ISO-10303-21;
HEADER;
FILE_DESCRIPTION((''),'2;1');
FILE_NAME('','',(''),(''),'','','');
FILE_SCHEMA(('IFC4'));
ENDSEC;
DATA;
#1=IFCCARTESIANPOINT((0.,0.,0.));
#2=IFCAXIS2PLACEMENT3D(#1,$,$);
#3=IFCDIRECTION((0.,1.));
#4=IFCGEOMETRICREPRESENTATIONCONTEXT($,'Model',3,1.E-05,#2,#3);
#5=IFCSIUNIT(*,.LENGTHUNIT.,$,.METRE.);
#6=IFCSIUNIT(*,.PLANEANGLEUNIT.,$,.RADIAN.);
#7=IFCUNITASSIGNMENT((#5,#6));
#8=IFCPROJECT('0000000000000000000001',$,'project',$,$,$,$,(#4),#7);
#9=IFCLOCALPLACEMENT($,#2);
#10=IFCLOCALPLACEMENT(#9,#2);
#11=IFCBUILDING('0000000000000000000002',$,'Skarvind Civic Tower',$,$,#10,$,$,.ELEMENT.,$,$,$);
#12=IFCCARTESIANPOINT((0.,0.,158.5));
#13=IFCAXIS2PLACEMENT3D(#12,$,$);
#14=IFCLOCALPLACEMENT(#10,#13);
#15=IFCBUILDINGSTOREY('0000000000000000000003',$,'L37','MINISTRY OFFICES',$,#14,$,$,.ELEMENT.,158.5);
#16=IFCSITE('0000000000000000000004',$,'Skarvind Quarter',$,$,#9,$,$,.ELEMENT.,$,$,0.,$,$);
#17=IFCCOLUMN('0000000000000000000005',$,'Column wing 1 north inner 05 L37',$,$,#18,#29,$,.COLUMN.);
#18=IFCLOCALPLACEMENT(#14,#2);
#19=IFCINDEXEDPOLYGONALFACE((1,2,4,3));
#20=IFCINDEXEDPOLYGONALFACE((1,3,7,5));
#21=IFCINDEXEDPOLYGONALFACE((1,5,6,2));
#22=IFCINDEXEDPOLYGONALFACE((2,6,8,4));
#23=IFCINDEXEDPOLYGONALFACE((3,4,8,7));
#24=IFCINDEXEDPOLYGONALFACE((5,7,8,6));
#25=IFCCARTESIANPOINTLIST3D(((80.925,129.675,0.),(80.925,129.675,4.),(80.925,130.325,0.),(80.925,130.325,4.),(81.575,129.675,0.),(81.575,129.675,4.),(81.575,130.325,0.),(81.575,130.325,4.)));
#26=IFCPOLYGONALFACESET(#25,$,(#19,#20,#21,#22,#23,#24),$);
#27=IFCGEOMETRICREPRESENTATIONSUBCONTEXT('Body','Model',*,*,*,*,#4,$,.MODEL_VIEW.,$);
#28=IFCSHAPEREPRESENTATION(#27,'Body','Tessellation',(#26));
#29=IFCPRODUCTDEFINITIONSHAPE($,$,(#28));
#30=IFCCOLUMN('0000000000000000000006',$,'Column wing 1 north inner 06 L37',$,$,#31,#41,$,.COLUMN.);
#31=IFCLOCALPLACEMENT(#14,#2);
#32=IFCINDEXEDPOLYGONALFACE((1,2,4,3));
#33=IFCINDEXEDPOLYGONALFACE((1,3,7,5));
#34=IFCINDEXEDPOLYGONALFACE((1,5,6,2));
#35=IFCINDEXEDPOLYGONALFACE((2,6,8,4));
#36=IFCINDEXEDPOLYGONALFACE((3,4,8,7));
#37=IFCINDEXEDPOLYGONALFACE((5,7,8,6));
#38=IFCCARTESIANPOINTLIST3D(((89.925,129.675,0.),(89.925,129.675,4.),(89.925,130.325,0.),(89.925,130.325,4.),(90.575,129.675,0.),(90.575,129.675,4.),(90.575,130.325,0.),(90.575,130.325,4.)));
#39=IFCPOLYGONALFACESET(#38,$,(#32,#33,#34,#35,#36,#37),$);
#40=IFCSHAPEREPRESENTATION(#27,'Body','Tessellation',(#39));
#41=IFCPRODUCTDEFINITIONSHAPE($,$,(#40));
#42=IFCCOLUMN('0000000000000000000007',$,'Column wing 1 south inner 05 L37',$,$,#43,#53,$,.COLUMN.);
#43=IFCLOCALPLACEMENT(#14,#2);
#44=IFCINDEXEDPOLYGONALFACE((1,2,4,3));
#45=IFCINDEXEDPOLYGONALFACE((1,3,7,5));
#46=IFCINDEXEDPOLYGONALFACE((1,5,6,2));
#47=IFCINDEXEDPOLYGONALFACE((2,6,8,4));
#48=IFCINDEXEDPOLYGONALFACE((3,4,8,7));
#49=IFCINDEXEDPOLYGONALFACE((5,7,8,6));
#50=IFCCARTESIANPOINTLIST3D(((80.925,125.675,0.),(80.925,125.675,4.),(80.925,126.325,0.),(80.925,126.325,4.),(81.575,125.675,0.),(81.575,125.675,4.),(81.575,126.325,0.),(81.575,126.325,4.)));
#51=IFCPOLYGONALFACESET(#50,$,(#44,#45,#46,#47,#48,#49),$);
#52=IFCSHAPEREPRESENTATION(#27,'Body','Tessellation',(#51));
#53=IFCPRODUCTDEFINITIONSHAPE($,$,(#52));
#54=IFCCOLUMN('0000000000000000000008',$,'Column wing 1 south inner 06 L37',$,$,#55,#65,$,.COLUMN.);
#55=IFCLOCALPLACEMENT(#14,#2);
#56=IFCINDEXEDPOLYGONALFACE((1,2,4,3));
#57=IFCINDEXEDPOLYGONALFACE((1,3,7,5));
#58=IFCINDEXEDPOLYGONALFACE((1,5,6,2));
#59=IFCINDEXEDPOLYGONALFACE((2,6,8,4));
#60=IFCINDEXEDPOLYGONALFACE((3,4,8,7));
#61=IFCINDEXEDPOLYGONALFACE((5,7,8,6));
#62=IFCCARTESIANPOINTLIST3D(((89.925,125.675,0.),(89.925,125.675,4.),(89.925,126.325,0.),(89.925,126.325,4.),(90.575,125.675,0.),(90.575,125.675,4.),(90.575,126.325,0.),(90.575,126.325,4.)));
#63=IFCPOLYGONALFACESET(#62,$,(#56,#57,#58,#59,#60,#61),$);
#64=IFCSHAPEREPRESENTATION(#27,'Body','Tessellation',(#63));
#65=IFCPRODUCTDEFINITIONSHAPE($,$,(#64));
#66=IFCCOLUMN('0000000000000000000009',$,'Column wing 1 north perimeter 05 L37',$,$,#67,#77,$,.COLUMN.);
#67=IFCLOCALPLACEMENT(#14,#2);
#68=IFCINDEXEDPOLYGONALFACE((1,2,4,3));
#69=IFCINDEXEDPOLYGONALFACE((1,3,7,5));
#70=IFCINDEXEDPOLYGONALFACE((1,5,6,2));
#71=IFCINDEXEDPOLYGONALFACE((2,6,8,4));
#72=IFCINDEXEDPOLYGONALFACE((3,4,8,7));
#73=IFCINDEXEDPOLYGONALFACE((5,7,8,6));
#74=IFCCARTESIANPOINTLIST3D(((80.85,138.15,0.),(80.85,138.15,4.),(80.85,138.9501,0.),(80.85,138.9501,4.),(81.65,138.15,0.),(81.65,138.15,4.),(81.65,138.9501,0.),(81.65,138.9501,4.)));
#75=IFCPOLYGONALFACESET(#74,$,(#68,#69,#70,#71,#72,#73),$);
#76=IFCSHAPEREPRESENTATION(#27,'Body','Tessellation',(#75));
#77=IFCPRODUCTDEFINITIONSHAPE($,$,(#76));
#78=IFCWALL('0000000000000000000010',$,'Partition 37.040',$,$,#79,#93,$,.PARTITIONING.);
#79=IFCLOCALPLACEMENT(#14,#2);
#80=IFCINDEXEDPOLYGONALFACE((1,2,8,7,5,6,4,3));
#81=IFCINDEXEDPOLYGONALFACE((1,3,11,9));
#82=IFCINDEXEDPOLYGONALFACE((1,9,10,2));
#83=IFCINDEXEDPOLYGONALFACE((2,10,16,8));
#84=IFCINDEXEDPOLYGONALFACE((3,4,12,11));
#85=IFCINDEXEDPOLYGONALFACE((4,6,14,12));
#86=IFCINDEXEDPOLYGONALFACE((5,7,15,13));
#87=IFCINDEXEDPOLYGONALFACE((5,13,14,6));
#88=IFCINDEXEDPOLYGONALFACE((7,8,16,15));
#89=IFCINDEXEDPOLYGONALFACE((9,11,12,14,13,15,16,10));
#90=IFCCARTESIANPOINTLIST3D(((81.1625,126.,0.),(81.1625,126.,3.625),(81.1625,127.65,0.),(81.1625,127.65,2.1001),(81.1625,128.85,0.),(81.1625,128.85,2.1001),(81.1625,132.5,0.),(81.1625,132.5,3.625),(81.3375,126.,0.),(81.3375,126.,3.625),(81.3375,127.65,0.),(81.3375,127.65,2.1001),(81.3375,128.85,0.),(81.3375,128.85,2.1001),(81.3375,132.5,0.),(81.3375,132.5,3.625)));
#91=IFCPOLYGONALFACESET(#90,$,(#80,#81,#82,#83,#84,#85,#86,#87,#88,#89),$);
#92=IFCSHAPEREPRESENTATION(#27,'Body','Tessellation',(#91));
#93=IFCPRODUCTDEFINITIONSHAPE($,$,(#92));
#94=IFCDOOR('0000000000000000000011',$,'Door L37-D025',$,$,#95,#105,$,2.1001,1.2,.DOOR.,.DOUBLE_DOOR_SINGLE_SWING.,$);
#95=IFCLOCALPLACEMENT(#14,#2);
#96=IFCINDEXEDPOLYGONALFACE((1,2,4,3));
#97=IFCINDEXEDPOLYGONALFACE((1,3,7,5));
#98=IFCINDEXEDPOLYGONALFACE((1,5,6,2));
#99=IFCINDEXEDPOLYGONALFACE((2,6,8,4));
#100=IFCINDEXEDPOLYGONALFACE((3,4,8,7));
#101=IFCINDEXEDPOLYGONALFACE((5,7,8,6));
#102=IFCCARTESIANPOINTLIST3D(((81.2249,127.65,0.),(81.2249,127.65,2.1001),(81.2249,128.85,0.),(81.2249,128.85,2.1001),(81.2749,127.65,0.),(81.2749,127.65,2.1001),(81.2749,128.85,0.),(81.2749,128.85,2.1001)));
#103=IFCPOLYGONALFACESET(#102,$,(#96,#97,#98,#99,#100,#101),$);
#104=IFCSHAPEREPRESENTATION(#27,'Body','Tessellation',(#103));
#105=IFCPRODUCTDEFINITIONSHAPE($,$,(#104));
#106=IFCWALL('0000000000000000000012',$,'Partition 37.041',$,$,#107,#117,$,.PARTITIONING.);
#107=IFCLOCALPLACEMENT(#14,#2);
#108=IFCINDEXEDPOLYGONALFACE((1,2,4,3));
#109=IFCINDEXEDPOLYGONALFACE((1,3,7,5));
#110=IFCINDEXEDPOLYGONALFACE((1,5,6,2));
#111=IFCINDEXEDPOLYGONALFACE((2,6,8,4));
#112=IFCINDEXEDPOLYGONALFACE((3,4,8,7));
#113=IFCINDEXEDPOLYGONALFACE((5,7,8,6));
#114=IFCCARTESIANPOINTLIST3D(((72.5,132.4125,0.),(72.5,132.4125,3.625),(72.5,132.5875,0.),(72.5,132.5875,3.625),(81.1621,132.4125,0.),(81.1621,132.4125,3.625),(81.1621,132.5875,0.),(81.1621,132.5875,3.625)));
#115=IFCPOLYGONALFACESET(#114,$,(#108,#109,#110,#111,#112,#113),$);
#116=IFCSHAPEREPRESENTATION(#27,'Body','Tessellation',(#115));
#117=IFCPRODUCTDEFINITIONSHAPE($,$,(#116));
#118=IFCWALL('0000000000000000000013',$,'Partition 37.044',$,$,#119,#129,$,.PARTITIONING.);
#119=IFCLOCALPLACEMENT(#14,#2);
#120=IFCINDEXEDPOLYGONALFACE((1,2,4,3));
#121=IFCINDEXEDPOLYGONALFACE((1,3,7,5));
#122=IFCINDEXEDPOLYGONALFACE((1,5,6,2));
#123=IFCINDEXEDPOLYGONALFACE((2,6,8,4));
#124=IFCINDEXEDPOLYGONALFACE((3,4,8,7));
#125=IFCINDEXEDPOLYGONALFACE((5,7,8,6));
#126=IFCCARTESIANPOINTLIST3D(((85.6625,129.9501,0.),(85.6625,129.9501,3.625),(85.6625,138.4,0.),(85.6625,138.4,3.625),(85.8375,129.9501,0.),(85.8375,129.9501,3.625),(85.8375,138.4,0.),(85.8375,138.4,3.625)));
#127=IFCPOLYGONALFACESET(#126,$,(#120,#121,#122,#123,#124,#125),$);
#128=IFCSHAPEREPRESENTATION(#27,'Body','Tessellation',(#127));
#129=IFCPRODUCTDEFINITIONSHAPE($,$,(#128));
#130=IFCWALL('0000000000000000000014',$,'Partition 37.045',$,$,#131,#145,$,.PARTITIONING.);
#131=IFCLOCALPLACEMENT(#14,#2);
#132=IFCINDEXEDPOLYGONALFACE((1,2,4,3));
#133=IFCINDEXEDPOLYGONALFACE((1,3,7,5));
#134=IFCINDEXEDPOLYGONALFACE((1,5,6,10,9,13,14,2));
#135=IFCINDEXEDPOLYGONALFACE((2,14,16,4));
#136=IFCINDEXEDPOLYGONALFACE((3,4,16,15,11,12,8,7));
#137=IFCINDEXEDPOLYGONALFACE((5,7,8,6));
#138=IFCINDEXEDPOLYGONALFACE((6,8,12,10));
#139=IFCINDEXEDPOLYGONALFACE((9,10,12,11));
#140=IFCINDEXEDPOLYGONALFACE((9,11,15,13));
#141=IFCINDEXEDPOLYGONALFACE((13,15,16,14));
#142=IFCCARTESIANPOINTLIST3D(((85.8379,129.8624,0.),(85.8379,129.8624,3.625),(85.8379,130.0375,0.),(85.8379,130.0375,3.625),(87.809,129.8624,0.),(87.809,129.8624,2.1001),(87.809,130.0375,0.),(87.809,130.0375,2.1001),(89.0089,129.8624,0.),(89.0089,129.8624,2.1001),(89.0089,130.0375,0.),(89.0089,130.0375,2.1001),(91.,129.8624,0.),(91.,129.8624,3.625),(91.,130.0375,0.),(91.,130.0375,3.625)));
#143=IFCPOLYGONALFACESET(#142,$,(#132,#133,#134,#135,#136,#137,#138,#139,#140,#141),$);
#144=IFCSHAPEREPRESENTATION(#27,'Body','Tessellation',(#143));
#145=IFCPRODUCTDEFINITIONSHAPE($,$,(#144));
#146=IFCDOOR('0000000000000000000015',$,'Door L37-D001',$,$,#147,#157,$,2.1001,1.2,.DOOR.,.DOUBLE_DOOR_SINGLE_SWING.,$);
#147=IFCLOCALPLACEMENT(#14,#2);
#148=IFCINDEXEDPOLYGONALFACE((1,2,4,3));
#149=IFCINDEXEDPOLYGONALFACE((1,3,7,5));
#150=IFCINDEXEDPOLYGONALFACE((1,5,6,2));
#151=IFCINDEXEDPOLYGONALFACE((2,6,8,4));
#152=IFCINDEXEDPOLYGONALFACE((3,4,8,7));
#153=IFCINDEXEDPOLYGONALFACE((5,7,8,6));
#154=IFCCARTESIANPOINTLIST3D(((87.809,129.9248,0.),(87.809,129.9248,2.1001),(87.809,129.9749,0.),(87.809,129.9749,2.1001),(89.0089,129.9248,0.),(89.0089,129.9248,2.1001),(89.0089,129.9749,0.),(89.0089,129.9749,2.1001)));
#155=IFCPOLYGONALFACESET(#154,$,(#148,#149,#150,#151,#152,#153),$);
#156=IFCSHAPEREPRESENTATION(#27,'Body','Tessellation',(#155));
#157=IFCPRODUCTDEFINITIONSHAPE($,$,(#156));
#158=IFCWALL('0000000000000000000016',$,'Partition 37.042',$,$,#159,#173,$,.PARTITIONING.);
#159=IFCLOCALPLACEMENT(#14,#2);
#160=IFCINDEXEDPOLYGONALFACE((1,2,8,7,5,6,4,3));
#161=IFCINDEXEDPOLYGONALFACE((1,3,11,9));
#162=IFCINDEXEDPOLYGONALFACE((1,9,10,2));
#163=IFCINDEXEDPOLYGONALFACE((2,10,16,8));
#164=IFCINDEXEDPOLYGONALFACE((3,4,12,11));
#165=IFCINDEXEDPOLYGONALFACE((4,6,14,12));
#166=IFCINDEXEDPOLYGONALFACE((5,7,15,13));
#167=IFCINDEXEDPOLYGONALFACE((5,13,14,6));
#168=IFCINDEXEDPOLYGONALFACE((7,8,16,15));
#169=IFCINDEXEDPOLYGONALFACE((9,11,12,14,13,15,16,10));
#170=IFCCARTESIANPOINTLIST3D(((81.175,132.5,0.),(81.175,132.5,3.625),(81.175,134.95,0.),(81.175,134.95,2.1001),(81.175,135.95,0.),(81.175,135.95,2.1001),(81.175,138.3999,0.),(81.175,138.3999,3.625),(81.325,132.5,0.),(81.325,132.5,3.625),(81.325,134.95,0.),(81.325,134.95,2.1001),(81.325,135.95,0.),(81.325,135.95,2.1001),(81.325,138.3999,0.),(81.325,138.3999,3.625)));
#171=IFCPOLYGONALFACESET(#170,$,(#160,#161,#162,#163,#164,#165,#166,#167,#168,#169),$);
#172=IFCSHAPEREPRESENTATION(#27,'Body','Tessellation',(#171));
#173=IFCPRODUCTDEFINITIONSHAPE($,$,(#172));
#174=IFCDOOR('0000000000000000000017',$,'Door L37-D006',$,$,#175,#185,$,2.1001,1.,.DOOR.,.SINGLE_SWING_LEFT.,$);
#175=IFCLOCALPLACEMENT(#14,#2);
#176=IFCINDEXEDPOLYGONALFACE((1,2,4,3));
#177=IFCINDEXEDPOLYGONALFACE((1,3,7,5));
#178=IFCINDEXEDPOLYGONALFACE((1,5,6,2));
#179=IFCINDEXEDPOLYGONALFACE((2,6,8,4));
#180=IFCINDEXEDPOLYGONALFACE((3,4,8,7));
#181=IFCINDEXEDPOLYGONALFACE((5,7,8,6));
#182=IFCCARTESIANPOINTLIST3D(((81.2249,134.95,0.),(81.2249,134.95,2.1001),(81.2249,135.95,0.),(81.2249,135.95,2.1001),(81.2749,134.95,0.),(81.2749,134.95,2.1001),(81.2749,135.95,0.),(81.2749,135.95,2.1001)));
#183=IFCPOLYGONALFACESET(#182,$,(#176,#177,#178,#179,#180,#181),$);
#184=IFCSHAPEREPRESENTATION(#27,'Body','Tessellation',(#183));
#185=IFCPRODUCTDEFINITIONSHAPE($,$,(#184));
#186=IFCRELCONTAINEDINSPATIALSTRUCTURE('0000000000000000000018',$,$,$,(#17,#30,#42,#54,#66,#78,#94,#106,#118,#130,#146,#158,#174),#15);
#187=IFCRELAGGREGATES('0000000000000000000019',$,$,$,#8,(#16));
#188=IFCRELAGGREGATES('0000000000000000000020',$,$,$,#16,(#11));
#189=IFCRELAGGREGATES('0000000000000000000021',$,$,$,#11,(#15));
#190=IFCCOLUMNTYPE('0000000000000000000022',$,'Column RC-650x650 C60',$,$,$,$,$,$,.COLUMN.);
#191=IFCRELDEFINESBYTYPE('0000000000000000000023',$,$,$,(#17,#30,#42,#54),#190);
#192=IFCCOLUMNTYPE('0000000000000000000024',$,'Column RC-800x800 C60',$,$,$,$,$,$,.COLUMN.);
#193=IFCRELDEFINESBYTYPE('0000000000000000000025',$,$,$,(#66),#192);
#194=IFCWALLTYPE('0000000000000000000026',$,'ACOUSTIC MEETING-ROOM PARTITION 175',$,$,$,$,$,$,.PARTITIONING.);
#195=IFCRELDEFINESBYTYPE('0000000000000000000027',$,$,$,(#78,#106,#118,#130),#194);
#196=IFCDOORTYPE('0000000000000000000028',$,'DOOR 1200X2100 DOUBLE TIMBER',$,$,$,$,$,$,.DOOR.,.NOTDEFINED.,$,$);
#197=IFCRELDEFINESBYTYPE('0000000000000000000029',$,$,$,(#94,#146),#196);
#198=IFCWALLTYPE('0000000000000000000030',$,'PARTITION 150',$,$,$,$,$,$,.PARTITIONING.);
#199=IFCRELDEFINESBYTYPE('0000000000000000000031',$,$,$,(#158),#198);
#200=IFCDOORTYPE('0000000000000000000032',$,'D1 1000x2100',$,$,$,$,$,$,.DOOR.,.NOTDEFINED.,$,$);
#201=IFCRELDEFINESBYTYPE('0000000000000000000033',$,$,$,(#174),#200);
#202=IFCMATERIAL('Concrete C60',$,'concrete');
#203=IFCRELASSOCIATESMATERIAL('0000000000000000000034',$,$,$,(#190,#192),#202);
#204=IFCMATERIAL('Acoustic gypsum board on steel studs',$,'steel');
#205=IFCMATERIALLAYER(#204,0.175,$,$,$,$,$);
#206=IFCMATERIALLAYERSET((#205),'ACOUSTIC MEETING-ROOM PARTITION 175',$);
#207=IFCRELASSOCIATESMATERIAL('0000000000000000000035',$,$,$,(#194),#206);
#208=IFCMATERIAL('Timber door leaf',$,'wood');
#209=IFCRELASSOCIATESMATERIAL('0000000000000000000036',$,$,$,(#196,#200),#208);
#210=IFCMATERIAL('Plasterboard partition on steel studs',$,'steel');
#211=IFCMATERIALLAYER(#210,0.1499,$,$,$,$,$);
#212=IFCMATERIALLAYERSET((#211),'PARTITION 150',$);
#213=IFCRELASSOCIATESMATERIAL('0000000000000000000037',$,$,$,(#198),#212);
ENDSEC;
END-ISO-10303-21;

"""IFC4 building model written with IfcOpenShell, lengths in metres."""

from ifc_helpers import new_model, si_unit, direction, frame, frame_2d, origin, origin_2d, place, context, subcontext, project, spatial, rectangle, extrude, material, layer, layer_set, material_profile, profile_set, type_object, element, fill, save


model = new_model("IFC4")

# Units and contexts
model_context = context("Model", 3, precision=1e-05, world=origin(), true_north=direction((0.0, 1.0)))
body_context = subcontext(model_context, "Body", "Model", "MODEL_VIEW")
ifc_project = project(units=[si_unit("LENGTHUNIT", "METRE"), si_unit("PLANEANGLEUNIT", "RADIAN")], contexts=[model_context])

# Site, building, storey
site_placement = place(None, origin())
site = spatial("IfcSite", under=ifc_project, at=site_placement, Name="Skarvind Quarter", CompositionType="ELEMENT", RefElevation=0.0)
building_placement = place(site_placement, origin())
building = spatial("IfcBuilding", under=site, at=building_placement, Name="Skarvind Civic Tower", CompositionType="ELEMENT")
storey_placement = place(building_placement, frame((0.0, 0.0, 158.5)))
storey = spatial("IfcBuildingStorey", under=building, at=storey_placement, Name="L37", Description="MINISTRY OFFICES", CompositionType="ELEMENT", Elevation=158.5)

# Columns
ifc_material_1 = material(Name="Concrete C60", Category="concrete")
ifc_material_profile_1 = material_profile(ifc_material_1, rectangle(XDim=0.6499, YDim=0.6499, at=origin_2d()), Name="RC-650x650")
ifc_profile_set_1 = profile_set([ifc_material_profile_1], Name="Concrete C60")
column_type_1 = type_object("IfcColumnType", Name="Column RC-650x650 C60", PredefinedType="COLUMN", material=ifc_profile_set_1)
for number, where, z_axis, x_axis, name in (
    (1, (81.25, 130.0, 0.0), (0.0, 0.0, 1.0), (1.0, 0.0, 0.0), "Column wing 1 north inner 05 L37"),
    (2, (90.25, 130.0, 0.0), (0.0, 0.0, 1.0), (1.0, 0.0, 0.0), "Column wing 1 north inner 06 L37"),
    (3, (81.25, 126.0, 0.0), (0.0, 0.0, 1.0), (1.0, 0.0, 0.0), "Column wing 1 south inner 05 L37"),
    (4, (90.25, 126.0, 0.0), (0.0, 0.0, 1.0), (1.0, 0.0, 0.0), "Column wing 1 south inner 06 L37"),
):
    element("IfcColumn", number, at=place(storey_placement, frame(where, z_axis=z_axis, x_axis=x_axis)), inside=storey, type_object=column_type_1, Name=name, PredefinedType="COLUMN", context=body_context, shape_type="SweptSolid", body=[
        extrude(rectangle(XDim=0.6499, YDim=0.6499, at=origin_2d()), origin(), (0.0, 0.0, 1.0), 4.0),
    ])
ifc_material_profile_2 = material_profile(ifc_material_1, rectangle(XDim=0.8, YDim=0.8, at=origin_2d()), Name="RC-800x800")
ifc_profile_set_2 = profile_set([ifc_material_profile_2], Name="Concrete C60")
column_type_2 = type_object("IfcColumnType", Name="Column RC-800x800 C60", PredefinedType="COLUMN", material=ifc_profile_set_2)
column_placement = place(storey_placement, frame((81.25, 138.55, 0.0), z_axis=(0.0, 0.0, 1.0), x_axis=(1.0, 0.0, 0.0)))
element("IfcColumn", 5, at=column_placement, inside=storey, type_object=column_type_2, Name="Column wing 1 north perimeter 05 L37", PredefinedType="COLUMN", context=body_context, shape_type="SweptSolid", body=[
    extrude(rectangle(XDim=0.8, YDim=0.8, at=origin_2d()), origin(), (0.0, 0.0, 1.0), 4.0),
])

# Wall, opening, door
ifc_material_2 = material(Name="Acoustic gypsum board on steel studs", Category="steel")
ifc_layer_1 = layer(ifc_material_2, 0.175)
ifc_layer_set_1 = layer_set([ifc_layer_1], Name="ACOUSTIC MEETING-ROOM PARTITION 175")
wall_type_1 = type_object("IfcWallType", Name="ACOUSTIC MEETING-ROOM PARTITION 175", PredefinedType="PARTITIONING", material=ifc_layer_set_1)
wall_1_placement = place(storey_placement, frame((81.25, 132.5, 0.0), z_axis=(0.0, 0.0, 1.0), x_axis=(0.0, -1.0, 0.0)))
wall_1 = element("IfcWall", 6, at=wall_1_placement, inside=storey, type_object=wall_type_1, Name="Partition 37.040", PredefinedType="PARTITIONING", context=body_context, shape_type="SweptSolid", body=[
    extrude(rectangle(XDim=6.5, YDim=0.175, at=frame_2d((3.25, 0.0))), origin(), (0.0, 0.0, 1.0), 3.625),
])
opening_1_placement = place(wall_1_placement, frame((3.6499, 0.0, 0.0)))
opening_1 = element("IfcOpeningElement", 7, at=opening_1_placement, cuts=wall_1, PredefinedType="OPENING", context=body_context, shape_type="SweptSolid", body=[
    extrude(rectangle(XDim=1.2, YDim=2.1001, at=frame_2d((0.6001, 1.05))), frame((0.0, 0.0974, 0.0), z_axis=(0.0, -1.0, 0.0), x_axis=(1.0, 0.0, 0.0)), (0.0, 0.0, 1.0), 0.1951),
])
ifc_material_3 = material(Name="Timber door leaf", Category="wood")
door_type_1 = type_object("IfcDoorType", Name="DOOR 1200X2100 DOUBLE TIMBER", OperationType="NOTDEFINED", PredefinedType="DOOR", material=ifc_material_3)
door_1_placement = place(opening_1_placement, origin())
door_1 = element("IfcDoor", 8, at=door_1_placement, inside=storey, type_object=door_type_1, Name="Door L37-D025", OperationType="DOUBLE_DOOR_SINGLE_SWING", OverallHeight=2.1001, OverallWidth=1.2, PredefinedType="DOOR", context=body_context, shape_type="SweptSolid", body=[
    extrude(rectangle(XDim=1.2, YDim=2.1001, at=frame_2d((0.6001, 1.05))), frame((0.0, 0.0249, 0.0), z_axis=(0.0, -1.0, 0.0), x_axis=(1.0, 0.0, 0.0)), (0.0, 0.0, 1.0), 0.05),
])
fill(opening_1, door_1)

# Walls
wall_2_placement = place(storey_placement, frame((81.1621, 132.5, 0.0), z_axis=(0.0, 0.0, 1.0), x_axis=(-1.0, 0.0, 0.0)))
element("IfcWall", 9, at=wall_2_placement, inside=storey, type_object=wall_type_1, Name="Partition 37.041", PredefinedType="PARTITIONING", context=body_context, shape_type="SweptSolid", body=[
    extrude(rectangle(XDim=8.6621, YDim=0.175, at=frame_2d((4.3311, 0.0))), origin(), (0.0, 0.0, 1.0), 3.625),
])
wall_3_placement = place(storey_placement, frame((85.75, 129.95, 0.0), z_axis=(0.0, 0.0, 1.0), x_axis=(0.0, 1.0, 0.0)))
element("IfcWall", 10, at=wall_3_placement, inside=storey, type_object=wall_type_1, Name="Partition 37.044", PredefinedType="PARTITIONING", context=body_context, shape_type="SweptSolid", body=[
    extrude(rectangle(XDim=8.45, YDim=0.175, at=frame_2d((4.2251, 0.0))), origin(), (0.0, 0.0, 1.0), 3.625),
])

# Walls, openings, doors
wall_4_placement = place(storey_placement, frame((85.8379, 129.95, 0.0), z_axis=(0.0, 0.0, 1.0), x_axis=(1.0, 0.0, 0.0)))
wall_4 = element("IfcWall", 11, at=wall_4_placement, inside=storey, type_object=wall_type_1, Name="Partition 37.045", PredefinedType="PARTITIONING", context=body_context, shape_type="SweptSolid", body=[
    extrude(rectangle(XDim=5.1621, YDim=0.175, at=frame_2d((2.5811, 0.0))), origin(), (0.0, 0.0, 1.0), 3.625),
])
opening_2_placement = place(wall_4_placement, frame((1.9709, 0.0, 0.0)))
opening_2 = element("IfcOpeningElement", 12, at=opening_2_placement, cuts=wall_4, PredefinedType="OPENING", context=body_context, shape_type="SweptSolid", body=[
    extrude(rectangle(XDim=1.2, YDim=2.1001, at=frame_2d((0.6001, 1.05))), frame((0.0, 0.0974, 0.0), z_axis=(0.0, -1.0, 0.0), x_axis=(1.0, 0.0, 0.0)), (0.0, 0.0, 1.0), 0.1951),
])
door_2_placement = place(opening_2_placement, origin())
door_2 = element("IfcDoor", 13, at=door_2_placement, inside=storey, type_object=door_type_1, Name="Door L37-D001", OperationType="DOUBLE_DOOR_SINGLE_SWING", OverallHeight=2.1001, OverallWidth=1.2, PredefinedType="DOOR", context=body_context, shape_type="SweptSolid", body=[
    extrude(rectangle(XDim=1.2, YDim=2.1001, at=frame_2d((0.6001, 1.05))), frame((0.0, 0.0249, 0.0), z_axis=(0.0, -1.0, 0.0), x_axis=(1.0, 0.0, 0.0)), (0.0, 0.0, 1.0), 0.05),
])
fill(opening_2, door_2)
ifc_material_4 = material(Name="Plasterboard partition on steel studs", Category="steel")
ifc_layer_2 = layer(ifc_material_4, 0.1499)
ifc_layer_set_2 = layer_set([ifc_layer_2], Name="PARTITION 150")
wall_type_2 = type_object("IfcWallType", Name="PARTITION 150", PredefinedType="PARTITIONING", material=ifc_layer_set_2)
wall_5_placement = place(storey_placement, frame((81.25, 138.3999, 0.0), z_axis=(0.0, 0.0, 1.0), x_axis=(0.0, -1.0, 0.0)))
wall_5 = element("IfcWall", 14, at=wall_5_placement, inside=storey, type_object=wall_type_2, Name="Partition 37.042", PredefinedType="PARTITIONING", context=body_context, shape_type="SweptSolid", body=[
    extrude(rectangle(XDim=5.8999, YDim=0.1499, at=frame_2d((2.95, 0.0))), origin(), (0.0, 0.0, 1.0), 3.625),
])
opening_3_placement = place(wall_5_placement, frame((2.45, 0.0, 0.0)))
opening_3 = element("IfcOpeningElement", 15, at=opening_3_placement, cuts=wall_5, PredefinedType="OPENING", context=body_context, shape_type="SweptSolid", body=[
    extrude(rectangle(XDim=1.0, YDim=2.1001, at=frame_2d((0.5, 1.05))), frame((0.0, 0.085, 0.0), z_axis=(0.0, -1.0, 0.0), x_axis=(1.0, 0.0, 0.0)), (0.0, 0.0, 1.0), 0.1699),
])
door_type_2 = type_object("IfcDoorType", Name="D1 1000x2100", OperationType="NOTDEFINED", PredefinedType="DOOR", material=ifc_material_3)
door_3_placement = place(opening_3_placement, origin())
door_3 = element("IfcDoor", 16, at=door_3_placement, inside=storey, type_object=door_type_2, Name="Door L37-D006", OperationType="SINGLE_SWING_LEFT", OverallHeight=2.1001, OverallWidth=1.0, PredefinedType="DOOR", context=body_context, shape_type="SweptSolid", body=[
    extrude(rectangle(XDim=1.0, YDim=2.1001, at=frame_2d((0.5, 1.05))), frame((0.0, 0.0249, 0.0), z_axis=(0.0, -1.0, 0.0), x_axis=(1.0, 0.0, 0.0)), (0.0, 0.0, 1.0), 0.05),
])
fill(opening_3, door_3)

save(model, "model.ifc")
